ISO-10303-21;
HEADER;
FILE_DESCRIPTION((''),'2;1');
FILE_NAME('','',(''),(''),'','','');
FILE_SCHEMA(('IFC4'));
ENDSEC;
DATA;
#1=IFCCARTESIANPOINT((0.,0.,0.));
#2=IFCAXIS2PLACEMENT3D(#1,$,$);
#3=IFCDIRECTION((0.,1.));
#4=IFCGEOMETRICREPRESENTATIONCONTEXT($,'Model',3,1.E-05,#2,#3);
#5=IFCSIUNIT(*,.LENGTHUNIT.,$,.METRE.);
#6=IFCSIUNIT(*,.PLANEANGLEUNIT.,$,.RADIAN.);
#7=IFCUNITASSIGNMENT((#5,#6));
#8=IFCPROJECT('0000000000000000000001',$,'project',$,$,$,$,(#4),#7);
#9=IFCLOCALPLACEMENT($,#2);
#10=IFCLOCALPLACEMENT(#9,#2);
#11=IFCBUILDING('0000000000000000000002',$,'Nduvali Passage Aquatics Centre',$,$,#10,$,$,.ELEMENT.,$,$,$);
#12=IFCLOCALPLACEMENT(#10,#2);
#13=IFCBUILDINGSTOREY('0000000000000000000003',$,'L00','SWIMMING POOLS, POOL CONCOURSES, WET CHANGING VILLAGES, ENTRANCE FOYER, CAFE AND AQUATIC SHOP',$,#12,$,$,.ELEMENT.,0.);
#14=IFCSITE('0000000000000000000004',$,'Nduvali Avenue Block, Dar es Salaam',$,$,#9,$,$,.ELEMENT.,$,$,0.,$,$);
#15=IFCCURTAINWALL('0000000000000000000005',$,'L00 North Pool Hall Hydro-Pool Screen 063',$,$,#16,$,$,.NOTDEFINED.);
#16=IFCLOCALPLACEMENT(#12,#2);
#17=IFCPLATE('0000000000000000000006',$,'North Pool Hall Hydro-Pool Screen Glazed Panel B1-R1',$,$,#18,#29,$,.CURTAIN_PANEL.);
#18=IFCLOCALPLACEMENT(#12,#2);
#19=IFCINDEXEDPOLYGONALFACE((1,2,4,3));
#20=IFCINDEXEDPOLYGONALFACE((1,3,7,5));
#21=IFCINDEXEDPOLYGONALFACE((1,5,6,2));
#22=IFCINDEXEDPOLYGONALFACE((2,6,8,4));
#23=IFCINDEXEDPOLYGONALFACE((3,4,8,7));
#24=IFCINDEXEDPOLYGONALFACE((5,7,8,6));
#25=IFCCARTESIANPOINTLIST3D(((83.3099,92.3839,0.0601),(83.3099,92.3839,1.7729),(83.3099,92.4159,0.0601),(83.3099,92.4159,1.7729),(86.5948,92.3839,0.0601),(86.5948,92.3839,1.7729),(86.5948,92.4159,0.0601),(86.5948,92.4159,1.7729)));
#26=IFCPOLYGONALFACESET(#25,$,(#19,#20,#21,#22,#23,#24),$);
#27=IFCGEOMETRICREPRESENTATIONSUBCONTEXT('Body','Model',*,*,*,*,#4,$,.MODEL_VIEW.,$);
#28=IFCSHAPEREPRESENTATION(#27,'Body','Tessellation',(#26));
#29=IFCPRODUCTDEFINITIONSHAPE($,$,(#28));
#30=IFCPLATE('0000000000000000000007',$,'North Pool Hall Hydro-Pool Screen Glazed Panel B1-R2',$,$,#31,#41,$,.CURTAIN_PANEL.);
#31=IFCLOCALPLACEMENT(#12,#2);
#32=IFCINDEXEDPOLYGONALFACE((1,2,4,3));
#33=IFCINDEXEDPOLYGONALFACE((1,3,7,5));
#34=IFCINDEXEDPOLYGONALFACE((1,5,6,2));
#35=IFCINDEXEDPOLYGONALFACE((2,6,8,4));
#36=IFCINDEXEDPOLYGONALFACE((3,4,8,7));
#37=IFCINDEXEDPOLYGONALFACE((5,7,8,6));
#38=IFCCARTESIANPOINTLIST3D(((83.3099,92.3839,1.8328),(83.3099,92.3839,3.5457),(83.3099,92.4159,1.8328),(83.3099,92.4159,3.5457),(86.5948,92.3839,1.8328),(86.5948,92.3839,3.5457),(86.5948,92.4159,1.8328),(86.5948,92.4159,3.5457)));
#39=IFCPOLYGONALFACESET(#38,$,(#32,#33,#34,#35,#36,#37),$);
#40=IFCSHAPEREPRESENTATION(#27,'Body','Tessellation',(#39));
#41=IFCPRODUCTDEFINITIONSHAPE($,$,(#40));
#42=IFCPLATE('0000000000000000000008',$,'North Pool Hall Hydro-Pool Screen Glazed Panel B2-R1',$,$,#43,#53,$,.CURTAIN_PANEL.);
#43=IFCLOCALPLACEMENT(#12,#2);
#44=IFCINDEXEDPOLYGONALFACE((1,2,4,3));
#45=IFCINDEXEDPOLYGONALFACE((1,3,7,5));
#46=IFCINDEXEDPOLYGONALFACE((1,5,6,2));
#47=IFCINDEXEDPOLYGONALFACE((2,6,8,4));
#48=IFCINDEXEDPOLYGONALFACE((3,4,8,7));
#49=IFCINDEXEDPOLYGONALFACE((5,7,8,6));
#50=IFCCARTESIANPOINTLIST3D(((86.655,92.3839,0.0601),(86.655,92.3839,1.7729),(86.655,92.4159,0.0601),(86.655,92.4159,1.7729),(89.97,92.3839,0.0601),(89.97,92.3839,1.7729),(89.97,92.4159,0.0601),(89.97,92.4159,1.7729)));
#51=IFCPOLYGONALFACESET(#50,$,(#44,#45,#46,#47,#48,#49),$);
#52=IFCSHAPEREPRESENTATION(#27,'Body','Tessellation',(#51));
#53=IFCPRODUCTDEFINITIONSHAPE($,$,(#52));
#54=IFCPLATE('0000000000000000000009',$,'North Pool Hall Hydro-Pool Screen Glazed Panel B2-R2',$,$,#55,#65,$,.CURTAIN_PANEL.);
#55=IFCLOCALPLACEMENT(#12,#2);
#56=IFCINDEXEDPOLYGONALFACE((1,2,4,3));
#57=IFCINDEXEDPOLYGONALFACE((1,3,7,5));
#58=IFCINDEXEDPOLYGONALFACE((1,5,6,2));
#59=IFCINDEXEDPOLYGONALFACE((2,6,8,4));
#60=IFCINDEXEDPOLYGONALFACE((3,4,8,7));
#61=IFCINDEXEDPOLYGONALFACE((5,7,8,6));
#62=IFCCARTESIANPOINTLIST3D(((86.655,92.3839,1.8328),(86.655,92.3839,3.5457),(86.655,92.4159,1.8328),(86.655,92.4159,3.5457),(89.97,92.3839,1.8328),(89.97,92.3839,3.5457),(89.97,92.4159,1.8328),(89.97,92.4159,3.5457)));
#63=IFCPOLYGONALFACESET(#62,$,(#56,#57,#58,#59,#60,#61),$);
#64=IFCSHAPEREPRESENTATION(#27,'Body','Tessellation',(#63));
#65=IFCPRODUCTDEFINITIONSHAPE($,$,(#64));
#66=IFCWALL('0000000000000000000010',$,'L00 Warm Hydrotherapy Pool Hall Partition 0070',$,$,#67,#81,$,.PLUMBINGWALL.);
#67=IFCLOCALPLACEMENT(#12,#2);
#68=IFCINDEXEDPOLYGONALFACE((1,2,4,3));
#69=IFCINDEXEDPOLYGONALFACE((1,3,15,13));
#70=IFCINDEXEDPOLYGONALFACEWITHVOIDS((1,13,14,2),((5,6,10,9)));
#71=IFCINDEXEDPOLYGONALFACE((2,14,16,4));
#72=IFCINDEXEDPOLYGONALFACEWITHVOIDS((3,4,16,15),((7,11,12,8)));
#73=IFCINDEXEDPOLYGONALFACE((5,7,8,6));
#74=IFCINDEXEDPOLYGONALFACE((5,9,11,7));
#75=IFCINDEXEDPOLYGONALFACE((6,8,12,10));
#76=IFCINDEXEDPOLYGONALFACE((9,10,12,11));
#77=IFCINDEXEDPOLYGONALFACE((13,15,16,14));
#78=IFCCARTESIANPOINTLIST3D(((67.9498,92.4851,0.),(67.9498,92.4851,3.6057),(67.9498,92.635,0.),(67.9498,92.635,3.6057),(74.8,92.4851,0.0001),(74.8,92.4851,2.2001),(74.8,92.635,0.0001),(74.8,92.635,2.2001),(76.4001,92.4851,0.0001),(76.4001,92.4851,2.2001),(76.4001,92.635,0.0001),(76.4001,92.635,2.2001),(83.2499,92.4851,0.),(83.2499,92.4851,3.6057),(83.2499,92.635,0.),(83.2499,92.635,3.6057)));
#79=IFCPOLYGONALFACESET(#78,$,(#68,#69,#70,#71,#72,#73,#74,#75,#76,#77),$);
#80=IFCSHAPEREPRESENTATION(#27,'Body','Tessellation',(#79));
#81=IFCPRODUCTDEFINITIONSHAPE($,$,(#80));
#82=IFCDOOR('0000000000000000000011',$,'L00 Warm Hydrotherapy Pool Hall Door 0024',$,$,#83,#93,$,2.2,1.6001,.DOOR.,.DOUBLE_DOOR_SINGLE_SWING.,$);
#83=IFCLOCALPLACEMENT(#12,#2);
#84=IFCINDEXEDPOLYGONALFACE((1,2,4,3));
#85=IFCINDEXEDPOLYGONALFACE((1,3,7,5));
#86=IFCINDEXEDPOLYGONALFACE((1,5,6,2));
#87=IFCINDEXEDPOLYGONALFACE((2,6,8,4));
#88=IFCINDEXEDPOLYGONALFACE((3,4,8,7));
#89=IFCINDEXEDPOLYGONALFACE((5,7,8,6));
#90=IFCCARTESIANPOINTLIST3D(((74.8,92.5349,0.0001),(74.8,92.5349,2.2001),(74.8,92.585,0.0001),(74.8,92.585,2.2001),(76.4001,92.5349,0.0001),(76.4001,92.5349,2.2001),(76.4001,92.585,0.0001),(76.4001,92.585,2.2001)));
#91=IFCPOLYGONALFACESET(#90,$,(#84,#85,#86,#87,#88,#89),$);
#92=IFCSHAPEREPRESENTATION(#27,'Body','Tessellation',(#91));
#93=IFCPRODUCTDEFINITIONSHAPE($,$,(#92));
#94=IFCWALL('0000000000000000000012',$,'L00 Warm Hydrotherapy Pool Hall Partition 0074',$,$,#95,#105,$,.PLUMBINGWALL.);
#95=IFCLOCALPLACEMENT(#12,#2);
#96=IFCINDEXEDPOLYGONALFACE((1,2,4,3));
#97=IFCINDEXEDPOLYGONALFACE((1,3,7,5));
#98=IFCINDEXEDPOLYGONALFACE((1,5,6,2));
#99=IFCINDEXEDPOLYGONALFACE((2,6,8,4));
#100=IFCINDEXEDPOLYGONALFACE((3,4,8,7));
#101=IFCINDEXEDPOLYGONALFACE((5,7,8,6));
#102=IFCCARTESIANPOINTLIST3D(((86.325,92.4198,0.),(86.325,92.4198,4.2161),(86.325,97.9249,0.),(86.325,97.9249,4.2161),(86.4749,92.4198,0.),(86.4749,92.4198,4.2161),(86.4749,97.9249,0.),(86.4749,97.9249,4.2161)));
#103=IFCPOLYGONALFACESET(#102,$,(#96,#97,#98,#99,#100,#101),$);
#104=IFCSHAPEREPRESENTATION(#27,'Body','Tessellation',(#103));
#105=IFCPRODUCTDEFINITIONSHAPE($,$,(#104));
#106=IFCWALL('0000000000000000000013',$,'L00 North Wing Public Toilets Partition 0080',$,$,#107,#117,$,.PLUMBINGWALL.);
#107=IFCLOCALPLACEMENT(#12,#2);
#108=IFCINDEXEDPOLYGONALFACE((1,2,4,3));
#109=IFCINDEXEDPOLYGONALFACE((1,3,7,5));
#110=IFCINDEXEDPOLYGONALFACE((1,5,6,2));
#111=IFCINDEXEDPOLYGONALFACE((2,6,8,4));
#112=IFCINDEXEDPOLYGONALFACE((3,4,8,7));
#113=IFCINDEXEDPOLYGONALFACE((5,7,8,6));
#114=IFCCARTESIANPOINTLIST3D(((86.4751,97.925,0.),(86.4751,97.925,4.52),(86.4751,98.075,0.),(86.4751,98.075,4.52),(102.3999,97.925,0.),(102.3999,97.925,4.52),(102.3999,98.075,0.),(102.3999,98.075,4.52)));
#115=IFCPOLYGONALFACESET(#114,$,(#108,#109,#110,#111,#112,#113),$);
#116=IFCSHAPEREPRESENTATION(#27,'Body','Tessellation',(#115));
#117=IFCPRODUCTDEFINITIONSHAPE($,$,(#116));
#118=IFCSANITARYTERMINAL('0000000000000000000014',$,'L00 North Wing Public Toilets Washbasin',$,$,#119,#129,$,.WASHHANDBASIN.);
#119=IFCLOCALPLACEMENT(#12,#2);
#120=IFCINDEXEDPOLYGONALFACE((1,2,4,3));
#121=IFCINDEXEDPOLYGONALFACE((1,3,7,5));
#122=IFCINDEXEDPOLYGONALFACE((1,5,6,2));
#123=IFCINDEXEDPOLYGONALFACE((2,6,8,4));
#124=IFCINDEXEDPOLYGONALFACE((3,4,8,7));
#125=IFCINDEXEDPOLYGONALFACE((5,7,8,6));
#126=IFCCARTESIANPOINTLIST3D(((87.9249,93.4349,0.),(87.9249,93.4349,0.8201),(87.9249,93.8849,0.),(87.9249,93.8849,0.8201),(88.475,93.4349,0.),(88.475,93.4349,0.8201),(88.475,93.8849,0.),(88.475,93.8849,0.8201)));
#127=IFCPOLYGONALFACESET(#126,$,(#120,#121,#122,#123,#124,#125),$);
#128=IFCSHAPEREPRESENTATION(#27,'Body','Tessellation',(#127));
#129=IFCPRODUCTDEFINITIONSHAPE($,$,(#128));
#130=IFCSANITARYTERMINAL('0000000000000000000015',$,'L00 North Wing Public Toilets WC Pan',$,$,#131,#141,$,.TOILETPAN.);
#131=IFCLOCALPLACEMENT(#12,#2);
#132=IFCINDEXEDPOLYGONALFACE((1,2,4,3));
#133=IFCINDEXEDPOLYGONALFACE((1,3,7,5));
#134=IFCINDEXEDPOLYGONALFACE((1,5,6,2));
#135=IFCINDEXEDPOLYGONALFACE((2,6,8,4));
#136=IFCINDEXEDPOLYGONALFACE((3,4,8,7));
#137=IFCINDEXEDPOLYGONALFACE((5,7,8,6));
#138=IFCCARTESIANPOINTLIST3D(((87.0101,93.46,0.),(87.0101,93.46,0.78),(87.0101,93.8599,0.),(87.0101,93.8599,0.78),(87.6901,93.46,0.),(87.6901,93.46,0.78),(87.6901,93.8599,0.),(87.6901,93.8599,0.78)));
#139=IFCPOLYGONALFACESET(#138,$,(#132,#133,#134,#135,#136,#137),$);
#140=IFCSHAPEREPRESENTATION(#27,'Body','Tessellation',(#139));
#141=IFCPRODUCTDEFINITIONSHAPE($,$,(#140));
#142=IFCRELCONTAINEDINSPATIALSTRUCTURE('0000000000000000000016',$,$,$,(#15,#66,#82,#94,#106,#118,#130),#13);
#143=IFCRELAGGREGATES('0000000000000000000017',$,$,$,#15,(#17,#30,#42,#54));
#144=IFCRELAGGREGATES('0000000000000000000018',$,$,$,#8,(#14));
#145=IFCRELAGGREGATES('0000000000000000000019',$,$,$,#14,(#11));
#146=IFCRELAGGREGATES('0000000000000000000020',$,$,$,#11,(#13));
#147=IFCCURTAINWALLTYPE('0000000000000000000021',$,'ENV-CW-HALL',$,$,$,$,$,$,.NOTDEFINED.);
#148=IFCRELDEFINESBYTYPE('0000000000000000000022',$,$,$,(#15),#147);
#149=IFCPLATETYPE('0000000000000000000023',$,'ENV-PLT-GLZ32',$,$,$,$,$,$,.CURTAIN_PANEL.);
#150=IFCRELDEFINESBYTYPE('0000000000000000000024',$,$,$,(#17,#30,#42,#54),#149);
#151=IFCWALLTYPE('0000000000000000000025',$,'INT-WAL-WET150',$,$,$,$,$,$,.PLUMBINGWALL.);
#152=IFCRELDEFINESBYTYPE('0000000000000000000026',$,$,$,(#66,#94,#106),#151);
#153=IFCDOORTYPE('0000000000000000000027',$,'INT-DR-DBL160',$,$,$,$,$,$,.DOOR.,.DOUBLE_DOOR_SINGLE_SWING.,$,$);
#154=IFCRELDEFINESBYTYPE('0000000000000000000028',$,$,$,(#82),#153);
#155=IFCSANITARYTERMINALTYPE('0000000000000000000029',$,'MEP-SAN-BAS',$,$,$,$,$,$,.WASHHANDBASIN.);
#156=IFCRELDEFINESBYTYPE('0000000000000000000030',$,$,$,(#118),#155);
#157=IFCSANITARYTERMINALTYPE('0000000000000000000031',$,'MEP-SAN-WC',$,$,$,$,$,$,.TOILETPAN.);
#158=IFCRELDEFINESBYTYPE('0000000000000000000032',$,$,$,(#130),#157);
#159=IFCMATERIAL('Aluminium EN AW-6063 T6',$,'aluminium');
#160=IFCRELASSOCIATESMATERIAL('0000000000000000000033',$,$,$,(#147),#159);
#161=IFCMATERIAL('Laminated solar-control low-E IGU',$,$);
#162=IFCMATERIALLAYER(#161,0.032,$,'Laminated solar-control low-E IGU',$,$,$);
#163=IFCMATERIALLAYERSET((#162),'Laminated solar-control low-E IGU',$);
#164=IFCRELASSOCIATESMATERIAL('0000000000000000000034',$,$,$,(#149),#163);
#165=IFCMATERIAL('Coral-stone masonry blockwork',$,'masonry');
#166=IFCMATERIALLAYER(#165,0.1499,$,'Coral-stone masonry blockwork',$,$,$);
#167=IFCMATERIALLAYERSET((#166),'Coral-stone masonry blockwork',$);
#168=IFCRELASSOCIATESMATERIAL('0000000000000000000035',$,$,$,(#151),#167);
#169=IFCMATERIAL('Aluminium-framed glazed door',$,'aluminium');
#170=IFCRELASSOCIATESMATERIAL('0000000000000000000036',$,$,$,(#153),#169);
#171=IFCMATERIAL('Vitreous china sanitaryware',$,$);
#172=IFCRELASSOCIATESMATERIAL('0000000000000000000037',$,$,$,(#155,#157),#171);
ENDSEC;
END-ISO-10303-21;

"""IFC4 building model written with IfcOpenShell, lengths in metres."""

from ifc_helpers import new_model, si_unit, direction, frame, frame_2d, origin, origin_2d, place, context, subcontext, project, spatial, rectangle, extrude, material, layer, layer_set, type_object, element, fill, aggregate, save


model = new_model("IFC4")

# Units and contexts
model_context = context("Model", 3, precision=1e-05, world=origin(), true_north=direction((0.0, 1.0)))
body_context = subcontext(model_context, "Body", "Model", "MODEL_VIEW")
ifc_project = project(units=[si_unit("LENGTHUNIT", "METRE"), si_unit("PLANEANGLEUNIT", "RADIAN")], contexts=[model_context])

# Site, building, storey
site_placement = place(None, origin())
site = spatial("IfcSite", under=ifc_project, at=site_placement, Name="Nduvali Avenue Block, Dar es Salaam", CompositionType="ELEMENT", RefElevation=0.0)
building_placement = place(site_placement, origin())
building = spatial("IfcBuilding", under=site, at=building_placement, Name="Nduvali Passage Aquatics Centre", CompositionType="ELEMENT")
storey_placement = place(building_placement, origin())
storey = spatial("IfcBuildingStorey", under=building, at=storey_placement, Name="L00", Description="SWIMMING POOLS, POOL CONCOURSES, WET CHANGING VILLAGES, ENTRANCE FOYER, CAFE AND AQUATIC SHOP", CompositionType="ELEMENT", Elevation=0.0)

# Curtain wall
ifc_material_1 = material(Name="Aluminium EN AW-6063 T6", Category="aluminium")
curtain_wall_type = type_object("IfcCurtainWallType", Name="ENV-CW-HALL", PredefinedType="NOTDEFINED", material=ifc_material_1)
curtain_wall_placement = place(storey_placement, origin())
curtain_wall = element("IfcCurtainWall", 1, at=curtain_wall_placement, inside=storey, type_object=curtain_wall_type, Name="L00 North Pool Hall Hydro-Pool Screen 063", PredefinedType="NOTDEFINED")

# Plates
ifc_material_2 = material(Name="Laminated solar-control low-E IGU")
ifc_layer_1 = layer(ifc_material_2, 0.032, Name="Laminated solar-control low-E IGU")
ifc_layer_set_1 = layer_set([ifc_layer_1], Name="Laminated solar-control low-E IGU")
plate_type = type_object("IfcPlateType", Name="ENV-PLT-GLZ32", PredefinedType="CURTAIN_PANEL", material=ifc_layer_set_1)
plate_1_placement = place(storey_placement, frame((84.9524, 92.3999, 0.0601), z_axis=(0.0, 0.0, 1.0), x_axis=(1.0, 0.0, 0.0)))
plate_1 = element("IfcPlate", 2, at=plate_1_placement, type_object=plate_type, Name="North Pool Hall Hydro-Pool Screen Glazed Panel B1-R1", PredefinedType="CURTAIN_PANEL", context=body_context, shape_type="SweptSolid", body=[
    extrude(rectangle(XDim=3.2849, YDim=0.032, at=origin_2d()), origin(), (0.0, 0.0, 1.0), 1.7129),
])
plate_2_placement = place(storey_placement, frame((84.9524, 92.3999, 1.8328), z_axis=(0.0, 0.0, 1.0), x_axis=(1.0, 0.0, 0.0)))
plate_2 = element("IfcPlate", 3, at=plate_2_placement, type_object=plate_type, Name="North Pool Hall Hydro-Pool Screen Glazed Panel B1-R2", PredefinedType="CURTAIN_PANEL", context=body_context, shape_type="SweptSolid", body=[
    extrude(rectangle(XDim=3.2849, YDim=0.032, at=origin_2d()), origin(), (0.0, 0.0, 1.0), 1.7129),
])
plate_3_placement = place(storey_placement, frame((88.3125, 92.3999, 0.0601), z_axis=(0.0, 0.0, 1.0), x_axis=(1.0, 0.0, 0.0)))
plate_3 = element("IfcPlate", 4, at=plate_3_placement, type_object=plate_type, Name="North Pool Hall Hydro-Pool Screen Glazed Panel B2-R1", PredefinedType="CURTAIN_PANEL", context=body_context, shape_type="SweptSolid", body=[
    extrude(rectangle(XDim=3.3149, YDim=0.032, at=origin_2d()), origin(), (0.0, 0.0, 1.0), 1.7129),
])
plate_4_placement = place(storey_placement, frame((88.3125, 92.3999, 1.8328), z_axis=(0.0, 0.0, 1.0), x_axis=(1.0, 0.0, 0.0)))
plate_4 = element("IfcPlate", 5, at=plate_4_placement, type_object=plate_type, Name="North Pool Hall Hydro-Pool Screen Glazed Panel B2-R2", PredefinedType="CURTAIN_PANEL", context=body_context, shape_type="SweptSolid", body=[
    extrude(rectangle(XDim=3.3149, YDim=0.032, at=origin_2d()), origin(), (0.0, 0.0, 1.0), 1.7129),
])
aggregate(curtain_wall, [plate_1, plate_2, plate_3, plate_4])

# Wall, opening, door
ifc_material_3 = material(Name="Coral-stone masonry blockwork", Category="masonry")
ifc_layer_2 = layer(ifc_material_3, 0.1499, Name="Coral-stone masonry blockwork")
ifc_layer_set_2 = layer_set([ifc_layer_2], Name="Coral-stone masonry blockwork")
wall_type = type_object("IfcWallType", Name="INT-WAL-WET150", PredefinedType="PLUMBINGWALL", material=ifc_layer_set_2)
wall_1_placement = place(storey_placement, frame((67.95, 92.5601, 0.0), z_axis=(0.0, 0.0, 1.0), x_axis=(1.0, 0.0, 0.0)))
wall_1 = element("IfcWall", 6, at=wall_1_placement, inside=storey, type_object=wall_type, Name="L00 Warm Hydrotherapy Pool Hall Partition 0070", PredefinedType="PLUMBINGWALL", context=body_context, shape_type="SweptSolid", body=[
    extrude(rectangle(XDim=15.3, YDim=0.1499, at=frame_2d((7.6499, 0.0))), origin(), (0.0, 0.0, 1.0), 3.6057),
])
opening_placement = place(wall_1_placement, frame((6.8501, 0.0, 0.0)))
opening = element("IfcOpeningElement", 7, at=opening_placement, cuts=wall_1, PredefinedType="OPENING", context=body_context, shape_type="SweptSolid", body=[
    extrude(rectangle(XDim=1.6001, YDim=2.2, at=frame_2d((0.8, 1.1001))), frame((0.0, 0.0898, 0.0), z_axis=(0.0, -1.0, 0.0), x_axis=(1.0, 0.0, 0.0)), (0.0, 0.0, 1.0), 0.1797),
])
ifc_material_4 = material(Name="Aluminium-framed glazed door", Category="aluminium")
door_type = type_object("IfcDoorType", Name="INT-DR-DBL160", OperationType="DOUBLE_DOOR_SINGLE_SWING", PredefinedType="DOOR", material=ifc_material_4)
door_placement = place(opening_placement, origin())
door = element("IfcDoor", 8, at=door_placement, inside=storey, type_object=door_type, Name="L00 Warm Hydrotherapy Pool Hall Door 0024", OperationType="DOUBLE_DOOR_SINGLE_SWING", OverallHeight=2.2, OverallWidth=1.6001, PredefinedType="DOOR", context=body_context, shape_type="SweptSolid", body=[
    extrude(rectangle(XDim=1.6001, YDim=2.2, at=frame_2d((0.8, 1.1001))), frame((0.0, 0.0249, 0.0), z_axis=(0.0, -1.0, 0.0), x_axis=(1.0, 0.0, 0.0)), (0.0, 0.0, 1.0), 0.05),
])
fill(opening, door)

# Walls
wall_2_placement = place(storey_placement, frame((86.3999, 92.4199, 0.0), z_axis=(0.0, 0.0, 1.0), x_axis=(0.0, 1.0, 0.0)))
element("IfcWall", 9, at=wall_2_placement, inside=storey, type_object=wall_type, Name="L00 Warm Hydrotherapy Pool Hall Partition 0074", PredefinedType="PLUMBINGWALL", context=body_context, shape_type="SweptSolid", body=[
    extrude(rectangle(XDim=5.5051, YDim=0.1499, at=frame_2d((2.7524, 0.0))), origin(), (0.0, 0.0, 1.0), 4.2161),
])
wall_3_placement = place(storey_placement, frame((86.4751, 98.0, 0.0), z_axis=(0.0, 0.0, 1.0), x_axis=(1.0, 0.0, 0.0)))
element("IfcWall", 10, at=wall_3_placement, inside=storey, type_object=wall_type, Name="L00 North Wing Public Toilets Partition 0080", PredefinedType="PLUMBINGWALL", context=body_context, shape_type="SweptSolid", body=[
    extrude(rectangle(XDim=15.9248, YDim=0.1499, at=frame_2d((7.9624, 0.0))), origin(), (0.0, 0.0, 1.0), 4.52),
])

# Sanitary terminals
ifc_material_5 = material(Name="Vitreous china sanitaryware")
sanitary_terminal_type_1 = type_object("IfcSanitaryTerminalType", Name="MEP-SAN-BAS", PredefinedType="WASHHANDBASIN", material=ifc_material_5)
sanitary_terminal_1_placement = place(storey_placement, frame((88.2, 93.6599, 0.0), z_axis=(0.0, 0.0, 1.0), x_axis=(1.0, 0.0, 0.0)))
element("IfcSanitaryTerminal", 11, at=sanitary_terminal_1_placement, inside=storey, type_object=sanitary_terminal_type_1, Name="L00 North Wing Public Toilets Washbasin", PredefinedType="WASHHANDBASIN", context=body_context, shape_type="SweptSolid", body=[
    extrude(rectangle(XDim=0.55, YDim=0.45, at=origin_2d()), origin(), (0.0, 0.0, 1.0), 0.8201),
])
sanitary_terminal_type_2 = type_object("IfcSanitaryTerminalType", Name="MEP-SAN-WC", PredefinedType="TOILETPAN", material=ifc_material_5)
sanitary_terminal_2_placement = place(storey_placement, frame((87.3501, 93.6599, 0.0), z_axis=(0.0, 0.0, 1.0), x_axis=(1.0, 0.0, 0.0)))
element("IfcSanitaryTerminal", 12, at=sanitary_terminal_2_placement, inside=storey, type_object=sanitary_terminal_type_2, Name="L00 North Wing Public Toilets WC Pan", PredefinedType="TOILETPAN", context=body_context, shape_type="SweptSolid", body=[
    extrude(rectangle(XDim=0.6799, YDim=0.3999, at=origin_2d()), origin(), (0.0, 0.0, 1.0), 0.78),
])

save(model, "model.ifc")
